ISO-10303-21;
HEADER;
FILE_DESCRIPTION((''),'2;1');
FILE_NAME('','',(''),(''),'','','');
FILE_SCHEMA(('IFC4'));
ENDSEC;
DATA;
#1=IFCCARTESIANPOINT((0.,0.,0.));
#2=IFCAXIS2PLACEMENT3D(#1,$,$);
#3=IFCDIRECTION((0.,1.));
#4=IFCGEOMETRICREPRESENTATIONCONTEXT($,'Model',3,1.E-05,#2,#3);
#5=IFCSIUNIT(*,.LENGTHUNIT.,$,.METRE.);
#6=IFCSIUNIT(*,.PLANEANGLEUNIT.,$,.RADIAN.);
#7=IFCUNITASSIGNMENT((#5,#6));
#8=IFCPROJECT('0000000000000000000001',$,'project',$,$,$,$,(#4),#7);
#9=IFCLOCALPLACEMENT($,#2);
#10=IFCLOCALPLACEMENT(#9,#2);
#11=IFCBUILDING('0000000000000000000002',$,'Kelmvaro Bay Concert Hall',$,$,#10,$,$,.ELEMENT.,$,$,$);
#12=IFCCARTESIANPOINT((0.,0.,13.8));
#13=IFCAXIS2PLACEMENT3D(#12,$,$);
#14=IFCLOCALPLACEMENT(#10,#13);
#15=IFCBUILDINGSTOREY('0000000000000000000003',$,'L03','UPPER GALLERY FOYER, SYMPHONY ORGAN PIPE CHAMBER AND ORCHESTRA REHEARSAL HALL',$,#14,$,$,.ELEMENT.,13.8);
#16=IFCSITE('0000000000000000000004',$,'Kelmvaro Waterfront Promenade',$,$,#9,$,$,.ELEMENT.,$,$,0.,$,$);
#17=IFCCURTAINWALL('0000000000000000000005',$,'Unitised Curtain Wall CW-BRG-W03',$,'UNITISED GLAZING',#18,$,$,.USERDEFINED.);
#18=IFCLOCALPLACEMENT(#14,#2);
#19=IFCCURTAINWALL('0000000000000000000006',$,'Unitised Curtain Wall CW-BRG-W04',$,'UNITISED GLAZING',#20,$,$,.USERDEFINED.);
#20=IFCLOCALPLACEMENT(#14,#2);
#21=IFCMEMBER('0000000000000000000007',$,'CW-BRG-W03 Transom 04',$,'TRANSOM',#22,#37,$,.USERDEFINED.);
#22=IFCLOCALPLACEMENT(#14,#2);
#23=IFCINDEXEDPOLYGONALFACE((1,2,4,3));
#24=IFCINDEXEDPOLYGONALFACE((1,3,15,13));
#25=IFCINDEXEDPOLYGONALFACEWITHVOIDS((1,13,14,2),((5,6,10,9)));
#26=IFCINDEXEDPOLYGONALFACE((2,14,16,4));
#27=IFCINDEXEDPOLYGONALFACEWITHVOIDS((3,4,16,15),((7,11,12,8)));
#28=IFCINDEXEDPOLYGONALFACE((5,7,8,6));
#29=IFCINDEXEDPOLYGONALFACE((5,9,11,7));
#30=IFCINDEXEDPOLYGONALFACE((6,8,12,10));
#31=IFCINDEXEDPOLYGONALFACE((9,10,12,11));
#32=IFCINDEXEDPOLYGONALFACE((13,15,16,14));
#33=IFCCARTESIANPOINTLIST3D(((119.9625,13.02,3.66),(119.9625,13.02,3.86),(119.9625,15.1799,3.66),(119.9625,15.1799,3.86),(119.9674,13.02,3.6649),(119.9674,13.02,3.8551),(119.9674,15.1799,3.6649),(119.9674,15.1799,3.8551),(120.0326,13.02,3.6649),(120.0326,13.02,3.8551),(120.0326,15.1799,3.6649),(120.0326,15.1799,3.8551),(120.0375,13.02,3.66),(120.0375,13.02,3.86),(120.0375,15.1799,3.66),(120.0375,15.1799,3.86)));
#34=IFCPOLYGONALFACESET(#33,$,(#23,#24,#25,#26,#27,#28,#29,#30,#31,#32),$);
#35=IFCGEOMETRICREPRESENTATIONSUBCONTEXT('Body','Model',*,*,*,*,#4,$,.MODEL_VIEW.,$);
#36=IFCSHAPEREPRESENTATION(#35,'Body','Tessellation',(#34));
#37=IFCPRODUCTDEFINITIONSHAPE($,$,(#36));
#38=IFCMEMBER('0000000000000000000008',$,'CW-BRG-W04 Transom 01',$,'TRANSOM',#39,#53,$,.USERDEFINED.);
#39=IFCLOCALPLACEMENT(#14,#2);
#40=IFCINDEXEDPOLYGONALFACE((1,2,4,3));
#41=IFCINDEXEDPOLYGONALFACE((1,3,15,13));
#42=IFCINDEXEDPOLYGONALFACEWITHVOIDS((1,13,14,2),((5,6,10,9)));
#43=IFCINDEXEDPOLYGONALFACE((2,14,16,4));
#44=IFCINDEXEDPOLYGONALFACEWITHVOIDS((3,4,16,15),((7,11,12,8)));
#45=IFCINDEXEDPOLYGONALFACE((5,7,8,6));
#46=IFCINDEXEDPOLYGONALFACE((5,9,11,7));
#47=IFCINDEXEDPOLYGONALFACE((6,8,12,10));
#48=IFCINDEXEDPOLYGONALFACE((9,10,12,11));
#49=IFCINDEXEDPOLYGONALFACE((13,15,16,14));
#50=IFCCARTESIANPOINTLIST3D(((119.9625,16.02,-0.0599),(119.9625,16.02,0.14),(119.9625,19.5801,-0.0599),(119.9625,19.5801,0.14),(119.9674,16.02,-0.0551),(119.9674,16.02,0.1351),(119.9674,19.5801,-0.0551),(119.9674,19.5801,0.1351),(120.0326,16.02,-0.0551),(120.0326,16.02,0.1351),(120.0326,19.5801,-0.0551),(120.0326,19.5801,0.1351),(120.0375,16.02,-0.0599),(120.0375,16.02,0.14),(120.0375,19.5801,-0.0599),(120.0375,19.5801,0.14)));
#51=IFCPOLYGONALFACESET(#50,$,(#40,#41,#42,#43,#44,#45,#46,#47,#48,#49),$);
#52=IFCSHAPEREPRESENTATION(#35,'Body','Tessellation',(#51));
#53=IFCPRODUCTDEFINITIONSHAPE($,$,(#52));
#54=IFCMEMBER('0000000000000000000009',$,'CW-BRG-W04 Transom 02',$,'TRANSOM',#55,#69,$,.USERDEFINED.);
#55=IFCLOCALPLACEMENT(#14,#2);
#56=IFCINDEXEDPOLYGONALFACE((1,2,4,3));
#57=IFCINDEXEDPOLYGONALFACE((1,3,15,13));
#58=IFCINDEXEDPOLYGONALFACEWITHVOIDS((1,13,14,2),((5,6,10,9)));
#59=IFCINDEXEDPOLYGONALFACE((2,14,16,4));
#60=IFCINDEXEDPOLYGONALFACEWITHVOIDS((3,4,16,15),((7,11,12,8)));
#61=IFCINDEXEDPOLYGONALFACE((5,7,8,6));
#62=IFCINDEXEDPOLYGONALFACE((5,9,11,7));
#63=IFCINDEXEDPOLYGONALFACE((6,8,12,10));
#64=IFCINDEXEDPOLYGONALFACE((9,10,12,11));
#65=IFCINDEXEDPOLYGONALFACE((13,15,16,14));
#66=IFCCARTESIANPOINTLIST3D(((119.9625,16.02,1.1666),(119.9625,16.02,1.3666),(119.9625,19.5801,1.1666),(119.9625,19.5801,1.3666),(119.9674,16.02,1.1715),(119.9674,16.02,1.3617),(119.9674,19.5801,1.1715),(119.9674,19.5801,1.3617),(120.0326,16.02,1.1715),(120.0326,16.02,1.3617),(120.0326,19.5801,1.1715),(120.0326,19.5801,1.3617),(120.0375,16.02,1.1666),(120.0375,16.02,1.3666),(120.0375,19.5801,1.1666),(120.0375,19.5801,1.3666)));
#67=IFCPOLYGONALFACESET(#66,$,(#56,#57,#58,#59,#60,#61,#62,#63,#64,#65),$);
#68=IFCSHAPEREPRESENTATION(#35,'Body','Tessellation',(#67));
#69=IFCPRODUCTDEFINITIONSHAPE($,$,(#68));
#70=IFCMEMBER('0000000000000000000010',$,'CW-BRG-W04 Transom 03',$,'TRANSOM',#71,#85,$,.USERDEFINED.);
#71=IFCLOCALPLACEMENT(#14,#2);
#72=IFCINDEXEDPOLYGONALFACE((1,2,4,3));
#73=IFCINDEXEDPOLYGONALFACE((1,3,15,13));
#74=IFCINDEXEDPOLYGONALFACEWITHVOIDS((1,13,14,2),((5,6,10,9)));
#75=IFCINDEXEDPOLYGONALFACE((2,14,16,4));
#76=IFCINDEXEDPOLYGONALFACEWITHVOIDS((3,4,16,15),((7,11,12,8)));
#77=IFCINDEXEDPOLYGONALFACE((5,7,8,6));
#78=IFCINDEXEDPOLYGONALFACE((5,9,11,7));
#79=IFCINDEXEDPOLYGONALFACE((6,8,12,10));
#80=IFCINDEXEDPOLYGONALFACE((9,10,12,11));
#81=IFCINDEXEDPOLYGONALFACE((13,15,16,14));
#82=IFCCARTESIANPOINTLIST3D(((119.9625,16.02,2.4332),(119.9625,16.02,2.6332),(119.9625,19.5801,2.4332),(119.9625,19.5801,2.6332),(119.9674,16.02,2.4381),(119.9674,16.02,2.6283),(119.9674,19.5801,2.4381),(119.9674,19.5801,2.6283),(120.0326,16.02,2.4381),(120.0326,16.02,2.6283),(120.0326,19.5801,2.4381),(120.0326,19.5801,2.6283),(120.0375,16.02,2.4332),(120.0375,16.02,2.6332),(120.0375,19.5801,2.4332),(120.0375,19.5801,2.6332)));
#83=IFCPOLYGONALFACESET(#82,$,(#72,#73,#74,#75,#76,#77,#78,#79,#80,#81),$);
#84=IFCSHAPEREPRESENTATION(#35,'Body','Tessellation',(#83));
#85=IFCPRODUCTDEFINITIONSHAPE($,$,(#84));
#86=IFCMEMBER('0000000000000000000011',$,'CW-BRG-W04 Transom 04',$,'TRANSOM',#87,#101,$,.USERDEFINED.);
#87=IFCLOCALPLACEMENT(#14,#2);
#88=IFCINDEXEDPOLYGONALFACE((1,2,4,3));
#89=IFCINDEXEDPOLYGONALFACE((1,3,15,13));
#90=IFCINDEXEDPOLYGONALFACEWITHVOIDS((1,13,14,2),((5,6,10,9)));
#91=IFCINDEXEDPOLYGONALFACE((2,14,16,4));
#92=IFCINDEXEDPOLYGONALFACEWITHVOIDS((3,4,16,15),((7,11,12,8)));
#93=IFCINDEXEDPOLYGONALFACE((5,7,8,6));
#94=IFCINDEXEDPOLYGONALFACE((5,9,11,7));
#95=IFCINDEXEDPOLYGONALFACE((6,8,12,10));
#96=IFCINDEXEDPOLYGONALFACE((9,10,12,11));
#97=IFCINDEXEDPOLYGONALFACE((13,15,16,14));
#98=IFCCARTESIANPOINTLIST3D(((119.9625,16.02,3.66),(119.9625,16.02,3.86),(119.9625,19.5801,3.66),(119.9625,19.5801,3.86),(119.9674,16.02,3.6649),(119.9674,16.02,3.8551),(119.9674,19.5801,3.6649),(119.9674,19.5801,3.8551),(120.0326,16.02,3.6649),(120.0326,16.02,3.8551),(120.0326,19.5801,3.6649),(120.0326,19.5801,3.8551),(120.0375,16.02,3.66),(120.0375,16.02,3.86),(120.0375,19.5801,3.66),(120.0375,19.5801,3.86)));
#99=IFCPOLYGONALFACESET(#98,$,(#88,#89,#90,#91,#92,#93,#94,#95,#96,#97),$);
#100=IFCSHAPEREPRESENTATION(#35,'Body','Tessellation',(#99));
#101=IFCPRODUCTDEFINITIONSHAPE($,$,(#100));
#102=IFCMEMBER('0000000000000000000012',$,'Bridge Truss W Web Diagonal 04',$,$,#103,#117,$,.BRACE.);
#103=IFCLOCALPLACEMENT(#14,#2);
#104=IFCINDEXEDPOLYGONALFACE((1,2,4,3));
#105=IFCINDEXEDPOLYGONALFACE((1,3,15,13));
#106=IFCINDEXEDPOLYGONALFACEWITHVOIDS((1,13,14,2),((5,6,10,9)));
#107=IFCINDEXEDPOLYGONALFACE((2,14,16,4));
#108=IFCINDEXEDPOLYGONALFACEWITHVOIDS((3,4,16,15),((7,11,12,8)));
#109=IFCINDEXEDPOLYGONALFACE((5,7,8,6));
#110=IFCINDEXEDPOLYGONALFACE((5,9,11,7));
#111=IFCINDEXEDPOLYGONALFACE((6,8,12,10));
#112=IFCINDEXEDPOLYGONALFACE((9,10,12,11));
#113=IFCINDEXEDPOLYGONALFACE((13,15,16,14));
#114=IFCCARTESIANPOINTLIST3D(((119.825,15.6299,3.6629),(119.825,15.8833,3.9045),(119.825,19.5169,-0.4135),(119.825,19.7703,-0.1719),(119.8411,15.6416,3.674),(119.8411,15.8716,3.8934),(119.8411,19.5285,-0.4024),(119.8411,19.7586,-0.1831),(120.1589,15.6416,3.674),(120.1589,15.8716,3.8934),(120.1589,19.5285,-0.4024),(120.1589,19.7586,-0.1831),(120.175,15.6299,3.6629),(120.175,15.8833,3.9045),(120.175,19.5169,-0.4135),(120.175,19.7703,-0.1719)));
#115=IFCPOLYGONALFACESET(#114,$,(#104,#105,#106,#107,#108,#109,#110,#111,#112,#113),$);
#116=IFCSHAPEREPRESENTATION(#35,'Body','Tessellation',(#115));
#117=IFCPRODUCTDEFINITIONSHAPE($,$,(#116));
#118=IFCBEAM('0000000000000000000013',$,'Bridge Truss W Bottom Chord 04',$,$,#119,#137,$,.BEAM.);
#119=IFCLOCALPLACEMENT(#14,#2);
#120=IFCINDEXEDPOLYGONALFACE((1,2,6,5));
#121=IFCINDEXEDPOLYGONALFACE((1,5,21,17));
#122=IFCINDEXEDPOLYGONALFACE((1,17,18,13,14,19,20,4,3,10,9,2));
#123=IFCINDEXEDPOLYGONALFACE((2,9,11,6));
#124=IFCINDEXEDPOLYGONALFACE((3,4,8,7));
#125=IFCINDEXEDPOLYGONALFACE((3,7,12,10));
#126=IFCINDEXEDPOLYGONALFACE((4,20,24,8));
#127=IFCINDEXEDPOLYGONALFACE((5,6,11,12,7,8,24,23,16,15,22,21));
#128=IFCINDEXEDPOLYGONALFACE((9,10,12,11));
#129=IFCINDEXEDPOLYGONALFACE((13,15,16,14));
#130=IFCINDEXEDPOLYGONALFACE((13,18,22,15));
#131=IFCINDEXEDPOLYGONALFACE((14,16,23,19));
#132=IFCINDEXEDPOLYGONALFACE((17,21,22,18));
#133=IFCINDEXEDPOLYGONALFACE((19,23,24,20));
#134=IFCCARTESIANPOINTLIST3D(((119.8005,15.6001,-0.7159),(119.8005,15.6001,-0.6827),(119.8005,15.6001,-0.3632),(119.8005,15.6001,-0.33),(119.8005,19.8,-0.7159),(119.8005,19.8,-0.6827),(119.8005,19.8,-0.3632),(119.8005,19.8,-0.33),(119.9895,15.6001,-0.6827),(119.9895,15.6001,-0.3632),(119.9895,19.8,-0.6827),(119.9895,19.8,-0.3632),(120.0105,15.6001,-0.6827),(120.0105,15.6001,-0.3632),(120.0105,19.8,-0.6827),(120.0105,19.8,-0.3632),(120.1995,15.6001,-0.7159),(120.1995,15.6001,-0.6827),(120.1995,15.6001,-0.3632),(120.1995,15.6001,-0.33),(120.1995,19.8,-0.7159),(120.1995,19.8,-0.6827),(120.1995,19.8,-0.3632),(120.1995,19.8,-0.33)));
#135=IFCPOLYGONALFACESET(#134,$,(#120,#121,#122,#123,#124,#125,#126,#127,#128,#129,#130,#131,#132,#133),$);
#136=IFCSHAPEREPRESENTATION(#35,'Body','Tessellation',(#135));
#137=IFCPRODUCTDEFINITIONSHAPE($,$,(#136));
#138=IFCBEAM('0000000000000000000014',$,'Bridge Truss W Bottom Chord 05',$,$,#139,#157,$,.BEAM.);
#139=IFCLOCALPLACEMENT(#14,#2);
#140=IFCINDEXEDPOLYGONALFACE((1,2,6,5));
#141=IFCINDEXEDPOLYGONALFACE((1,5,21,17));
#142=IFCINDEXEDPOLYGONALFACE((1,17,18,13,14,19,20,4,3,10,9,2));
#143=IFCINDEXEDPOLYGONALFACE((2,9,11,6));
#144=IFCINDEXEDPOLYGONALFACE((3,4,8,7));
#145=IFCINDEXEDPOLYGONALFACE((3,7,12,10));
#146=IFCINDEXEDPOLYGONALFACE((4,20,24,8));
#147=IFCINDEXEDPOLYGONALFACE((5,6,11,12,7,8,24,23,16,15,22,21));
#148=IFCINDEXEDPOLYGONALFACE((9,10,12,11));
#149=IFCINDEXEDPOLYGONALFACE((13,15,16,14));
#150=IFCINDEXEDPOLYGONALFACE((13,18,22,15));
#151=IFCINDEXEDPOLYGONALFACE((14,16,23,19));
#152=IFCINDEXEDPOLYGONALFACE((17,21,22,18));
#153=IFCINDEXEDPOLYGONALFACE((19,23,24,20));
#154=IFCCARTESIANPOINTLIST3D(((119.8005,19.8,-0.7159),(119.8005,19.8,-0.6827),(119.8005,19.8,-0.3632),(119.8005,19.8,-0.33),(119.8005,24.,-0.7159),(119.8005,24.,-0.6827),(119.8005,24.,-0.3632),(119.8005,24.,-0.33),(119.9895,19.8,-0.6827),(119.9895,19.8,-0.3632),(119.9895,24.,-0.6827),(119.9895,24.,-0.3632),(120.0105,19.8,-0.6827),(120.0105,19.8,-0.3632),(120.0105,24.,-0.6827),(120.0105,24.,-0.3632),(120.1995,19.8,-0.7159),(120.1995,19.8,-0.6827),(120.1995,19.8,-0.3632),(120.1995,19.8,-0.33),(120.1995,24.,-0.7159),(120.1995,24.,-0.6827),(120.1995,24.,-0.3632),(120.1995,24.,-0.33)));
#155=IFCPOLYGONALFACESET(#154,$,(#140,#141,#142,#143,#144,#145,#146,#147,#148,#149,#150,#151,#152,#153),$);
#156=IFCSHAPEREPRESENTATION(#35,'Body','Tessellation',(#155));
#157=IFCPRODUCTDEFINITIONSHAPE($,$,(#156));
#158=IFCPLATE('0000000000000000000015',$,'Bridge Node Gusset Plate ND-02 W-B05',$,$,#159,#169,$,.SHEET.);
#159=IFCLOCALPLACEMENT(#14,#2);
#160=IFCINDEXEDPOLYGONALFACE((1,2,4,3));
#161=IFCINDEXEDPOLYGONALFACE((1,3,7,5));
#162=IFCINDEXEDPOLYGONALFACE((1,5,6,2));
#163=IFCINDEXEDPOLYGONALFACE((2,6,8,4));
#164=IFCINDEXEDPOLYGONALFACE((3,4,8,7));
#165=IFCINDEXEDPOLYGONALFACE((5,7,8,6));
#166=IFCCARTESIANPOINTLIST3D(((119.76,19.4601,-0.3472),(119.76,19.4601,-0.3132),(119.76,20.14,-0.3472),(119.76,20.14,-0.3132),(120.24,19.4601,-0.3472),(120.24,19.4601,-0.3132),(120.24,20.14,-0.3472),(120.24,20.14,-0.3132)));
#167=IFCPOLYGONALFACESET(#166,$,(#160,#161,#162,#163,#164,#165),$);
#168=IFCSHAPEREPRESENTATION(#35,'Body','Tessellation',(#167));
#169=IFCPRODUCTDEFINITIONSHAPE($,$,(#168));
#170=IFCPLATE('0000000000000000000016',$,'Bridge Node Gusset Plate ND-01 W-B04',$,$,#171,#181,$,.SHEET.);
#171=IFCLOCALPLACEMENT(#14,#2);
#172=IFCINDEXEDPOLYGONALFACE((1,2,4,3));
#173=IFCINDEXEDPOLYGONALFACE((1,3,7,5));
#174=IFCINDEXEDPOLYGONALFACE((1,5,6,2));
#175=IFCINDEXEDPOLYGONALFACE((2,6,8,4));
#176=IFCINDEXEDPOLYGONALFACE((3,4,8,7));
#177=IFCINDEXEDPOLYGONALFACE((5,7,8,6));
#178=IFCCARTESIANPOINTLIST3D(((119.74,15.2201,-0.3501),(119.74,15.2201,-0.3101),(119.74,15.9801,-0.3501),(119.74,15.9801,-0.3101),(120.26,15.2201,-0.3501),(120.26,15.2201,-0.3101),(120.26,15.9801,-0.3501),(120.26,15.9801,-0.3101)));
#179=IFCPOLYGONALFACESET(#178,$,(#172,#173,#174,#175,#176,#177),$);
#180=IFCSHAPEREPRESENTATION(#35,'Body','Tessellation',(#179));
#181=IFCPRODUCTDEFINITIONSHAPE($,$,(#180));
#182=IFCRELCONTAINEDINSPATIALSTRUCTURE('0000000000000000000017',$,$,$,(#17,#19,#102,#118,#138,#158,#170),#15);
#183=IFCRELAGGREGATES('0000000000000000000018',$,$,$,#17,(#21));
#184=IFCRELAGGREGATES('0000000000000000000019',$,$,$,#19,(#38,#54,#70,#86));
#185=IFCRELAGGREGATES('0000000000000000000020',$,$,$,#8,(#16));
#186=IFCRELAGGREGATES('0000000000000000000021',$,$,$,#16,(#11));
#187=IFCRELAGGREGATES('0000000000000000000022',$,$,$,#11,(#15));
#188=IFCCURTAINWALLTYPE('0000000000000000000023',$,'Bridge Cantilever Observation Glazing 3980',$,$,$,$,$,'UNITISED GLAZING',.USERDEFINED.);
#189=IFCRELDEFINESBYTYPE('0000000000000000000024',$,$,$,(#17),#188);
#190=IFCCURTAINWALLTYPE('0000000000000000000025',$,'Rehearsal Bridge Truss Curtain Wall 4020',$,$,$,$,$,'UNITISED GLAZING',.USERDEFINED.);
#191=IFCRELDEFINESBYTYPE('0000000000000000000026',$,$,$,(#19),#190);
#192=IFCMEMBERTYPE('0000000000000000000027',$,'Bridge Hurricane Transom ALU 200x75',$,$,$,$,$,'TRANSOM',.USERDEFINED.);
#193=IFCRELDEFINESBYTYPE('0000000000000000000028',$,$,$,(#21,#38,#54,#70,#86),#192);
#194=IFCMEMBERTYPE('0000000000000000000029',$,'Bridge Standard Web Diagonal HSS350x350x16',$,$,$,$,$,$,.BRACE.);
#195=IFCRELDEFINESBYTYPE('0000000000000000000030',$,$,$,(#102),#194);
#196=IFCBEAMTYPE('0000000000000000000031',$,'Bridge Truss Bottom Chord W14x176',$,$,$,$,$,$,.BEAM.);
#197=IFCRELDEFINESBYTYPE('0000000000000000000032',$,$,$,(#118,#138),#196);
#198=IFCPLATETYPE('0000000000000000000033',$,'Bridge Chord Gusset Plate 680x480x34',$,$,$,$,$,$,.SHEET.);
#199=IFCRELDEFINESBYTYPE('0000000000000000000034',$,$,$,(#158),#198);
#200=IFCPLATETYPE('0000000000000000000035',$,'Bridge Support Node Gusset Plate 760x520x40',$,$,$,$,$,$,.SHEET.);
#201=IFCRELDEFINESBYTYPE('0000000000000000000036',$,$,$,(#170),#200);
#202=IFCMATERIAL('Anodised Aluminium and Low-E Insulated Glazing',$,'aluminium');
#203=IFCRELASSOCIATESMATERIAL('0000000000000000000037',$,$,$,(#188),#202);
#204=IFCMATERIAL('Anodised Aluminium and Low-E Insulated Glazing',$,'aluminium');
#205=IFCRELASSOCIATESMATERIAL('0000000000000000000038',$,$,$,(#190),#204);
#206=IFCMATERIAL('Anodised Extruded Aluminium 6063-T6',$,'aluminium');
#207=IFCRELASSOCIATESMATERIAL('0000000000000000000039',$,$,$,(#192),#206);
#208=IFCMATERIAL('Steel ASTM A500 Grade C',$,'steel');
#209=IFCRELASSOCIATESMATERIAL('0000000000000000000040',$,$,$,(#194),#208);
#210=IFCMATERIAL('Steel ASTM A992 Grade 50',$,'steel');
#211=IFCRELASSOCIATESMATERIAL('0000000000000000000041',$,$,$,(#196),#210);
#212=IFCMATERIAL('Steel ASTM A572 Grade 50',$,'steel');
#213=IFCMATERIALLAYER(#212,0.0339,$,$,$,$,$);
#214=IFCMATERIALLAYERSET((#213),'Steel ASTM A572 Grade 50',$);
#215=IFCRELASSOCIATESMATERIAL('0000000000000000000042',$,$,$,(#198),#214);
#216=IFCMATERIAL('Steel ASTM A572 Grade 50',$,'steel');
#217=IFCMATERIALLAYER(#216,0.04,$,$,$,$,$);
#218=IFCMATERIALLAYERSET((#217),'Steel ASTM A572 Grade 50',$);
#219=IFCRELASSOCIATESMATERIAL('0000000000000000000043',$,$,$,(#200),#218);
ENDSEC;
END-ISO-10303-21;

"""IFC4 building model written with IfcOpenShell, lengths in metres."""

from ifc_helpers import new_model, si_unit, direction, frame, origin, origin_2d, place, context, subcontext, project, spatial, rectangle, hollow_rectangle, i_section, extrude, material, layer, layer_set, material_profile, profile_set, type_object, element, aggregate, save


model = new_model("IFC4")

# Units and contexts
model_context = context("Model", 3, precision=1e-05, world=origin(), true_north=direction((0.0, 1.0)))
body_context = subcontext(model_context, "Body", "Model", "MODEL_VIEW")
ifc_project = project(units=[si_unit("LENGTHUNIT", "METRE"), si_unit("PLANEANGLEUNIT", "RADIAN")], contexts=[model_context])

# Site, building, storey
site_placement = place(None, origin())
site = spatial("IfcSite", under=ifc_project, at=site_placement, Name="Kelmvaro Waterfront Promenade", CompositionType="ELEMENT", RefElevation=0.0)
building_placement = place(site_placement, origin())
building = spatial("IfcBuilding", under=site, at=building_placement, Name="Kelmvaro Bay Concert Hall", CompositionType="ELEMENT")
storey_placement = place(building_placement, frame((0.0, 0.0, 13.8)))
storey = spatial("IfcBuildingStorey", under=building, at=storey_placement, Name="L03", Description="UPPER GALLERY FOYER, SYMPHONY ORGAN PIPE CHAMBER AND ORCHESTRA REHEARSAL HALL", CompositionType="ELEMENT", Elevation=13.8)

# Curtain walls
ifc_material_1 = material(Name="Anodised Aluminium and Low-E Insulated Glazing", Category="aluminium")
curtain_wall_type_1 = type_object("IfcCurtainWallType", Name="Bridge Cantilever Observation Glazing 3980", ElementType="UNITISED GLAZING", PredefinedType="USERDEFINED", material=ifc_material_1)
curtain_wall_1_placement = place(storey_placement, origin())
curtain_wall_1 = element("IfcCurtainWall", 1, at=curtain_wall_1_placement, inside=storey, type_object=curtain_wall_type_1, Name="Unitised Curtain Wall CW-BRG-W03", ObjectType="UNITISED GLAZING", PredefinedType="USERDEFINED")
ifc_material_2 = material(Name="Anodised Aluminium and Low-E Insulated Glazing", Category="aluminium")
curtain_wall_type_2 = type_object("IfcCurtainWallType", Name="Rehearsal Bridge Truss Curtain Wall 4020", ElementType="UNITISED GLAZING", PredefinedType="USERDEFINED", material=ifc_material_2)
curtain_wall_2_placement = place(storey_placement, origin())
curtain_wall_2 = element("IfcCurtainWall", 2, at=curtain_wall_2_placement, inside=storey, type_object=curtain_wall_type_2, Name="Unitised Curtain Wall CW-BRG-W04", ObjectType="UNITISED GLAZING", PredefinedType="USERDEFINED")

# Members
ifc_material_3 = material(Name="Anodised Extruded Aluminium 6063-T6", Category="aluminium")
ifc_material_profile_1 = material_profile(ifc_material_3, hollow_rectangle(XDim=0.075, YDim=0.2, WallThickness=0.0049, at=origin_2d()), Name="ALU-TRN-200X75")
ifc_profile_set_1 = profile_set([ifc_material_profile_1], Name="Anodised Extruded Aluminium 6063-T6")
member_type_1 = type_object("IfcMemberType", Name="Bridge Hurricane Transom ALU 200x75", ElementType="TRANSOM", PredefinedType="USERDEFINED", material=ifc_profile_set_1)
member_1_placement = place(storey_placement, frame((120.0, 13.02, 3.76), z_axis=(0.0, 1.0, 0.0), x_axis=(-1.0, 0.0, 0.0)))
member_1 = element("IfcMember", 3, at=member_1_placement, type_object=member_type_1, Name="CW-BRG-W03 Transom 04", ObjectType="TRANSOM", PredefinedType="USERDEFINED", context=body_context, shape_type="SweptSolid", body=[
    extrude(hollow_rectangle(XDim=0.075, YDim=0.2, WallThickness=0.0049, at=origin_2d()), origin(), (0.0, 0.0, 1.0), 2.1599),
])
member_2_placement = place(storey_placement, frame((120.0, 16.02, 0.04), z_axis=(0.0, 1.0, 0.0), x_axis=(-1.0, 0.0, 0.0)))
member_2 = element("IfcMember", 4, at=member_2_placement, type_object=member_type_1, Name="CW-BRG-W04 Transom 01", ObjectType="TRANSOM", PredefinedType="USERDEFINED", context=body_context, shape_type="SweptSolid", body=[
    extrude(hollow_rectangle(XDim=0.075, YDim=0.2, WallThickness=0.0049, at=origin_2d()), origin(), (0.0, 0.0, 1.0), 3.5601),
])
member_3_placement = place(storey_placement, frame((120.0, 16.02, 1.2666), z_axis=(0.0, 1.0, 0.0), x_axis=(-1.0, 0.0, 0.0)))
member_3 = element("IfcMember", 5, at=member_3_placement, type_object=member_type_1, Name="CW-BRG-W04 Transom 02", ObjectType="TRANSOM", PredefinedType="USERDEFINED", context=body_context, shape_type="SweptSolid", body=[
    extrude(hollow_rectangle(XDim=0.075, YDim=0.2, WallThickness=0.0049, at=origin_2d()), origin(), (0.0, 0.0, 1.0), 3.5601),
])
member_4_placement = place(storey_placement, frame((120.0, 16.02, 2.5332), z_axis=(0.0, 1.0, 0.0), x_axis=(-1.0, 0.0, 0.0)))
member_4 = element("IfcMember", 6, at=member_4_placement, type_object=member_type_1, Name="CW-BRG-W04 Transom 03", ObjectType="TRANSOM", PredefinedType="USERDEFINED", context=body_context, shape_type="SweptSolid", body=[
    extrude(hollow_rectangle(XDim=0.075, YDim=0.2, WallThickness=0.0049, at=origin_2d()), origin(), (0.0, 0.0, 1.0), 3.5601),
])
member_5_placement = place(storey_placement, frame((120.0, 16.02, 3.76), z_axis=(0.0, 1.0, 0.0), x_axis=(-1.0, 0.0, 0.0)))
member_5 = element("IfcMember", 7, at=member_5_placement, type_object=member_type_1, Name="CW-BRG-W04 Transom 04", ObjectType="TRANSOM", PredefinedType="USERDEFINED", context=body_context, shape_type="SweptSolid", body=[
    extrude(hollow_rectangle(XDim=0.075, YDim=0.2, WallThickness=0.0049, at=origin_2d()), origin(), (0.0, 0.0, 1.0), 3.5601),
])
ifc_material_4 = material(Name="Steel ASTM A500 Grade C", Category="steel")
ifc_material_profile_2 = material_profile(ifc_material_4, hollow_rectangle(XDim=0.3501, YDim=0.3501, WallThickness=0.0161, at=origin_2d()), Name="HSS350X350X16")
ifc_profile_set_2 = profile_set([ifc_material_profile_2], Name="Steel ASTM A500 Grade C")
member_type_2 = type_object("IfcMemberType", Name="Bridge Standard Web Diagonal HSS350x350x16", PredefinedType="BRACE", material=ifc_profile_set_2)
member_6_placement = place(storey_placement, frame((120.0, 15.7566, 3.7837), z_axis=(0.0, 0.690089, -0.723724), x_axis=(-1.0, 0.0, 0.0)))
element("IfcMember", 8, at=member_6_placement, inside=storey, type_object=member_type_2, Name="Bridge Truss W Web Diagonal 04", PredefinedType="BRACE", context=body_context, shape_type="SweptSolid", body=[
    extrude(hollow_rectangle(XDim=0.3501, YDim=0.3501, WallThickness=0.0161, at=origin_2d()), origin(), (0.0, 0.0, 1.0), 5.6326),
])

# Beams
ifc_material_5 = material(Name="Steel ASTM A992 Grade 50", Category="steel")
ifc_material_profile_3 = material_profile(ifc_material_5, i_section(OverallWidth=0.3989, OverallDepth=0.386, WebThickness=0.021, FlangeThickness=0.0332, at=origin_2d()), Name="W14X176")
ifc_profile_set_3 = profile_set([ifc_material_profile_3], Name="Steel ASTM A992 Grade 50")
beam_type = type_object("IfcBeamType", Name="Bridge Truss Bottom Chord W14x176", PredefinedType="BEAM", material=ifc_profile_set_3)
for number, where, z_axis, x_axis, name in (
    (9, (120.0, 15.6001, -0.5229), (0.0, 1.0, 0.0), (-1.0, 0.0, 0.0), "Bridge Truss W Bottom Chord 04"),
    (10, (120.0, 19.8, -0.5229), (0.0, 1.0, 0.0), (-1.0, 0.0, 0.0), "Bridge Truss W Bottom Chord 05"),
):
    element("IfcBeam", number, at=place(storey_placement, frame(where, z_axis=z_axis, x_axis=x_axis)), inside=storey, type_object=beam_type, Name=name, PredefinedType="BEAM", context=body_context, shape_type="SweptSolid", body=[
        extrude(i_section(OverallWidth=0.3989, OverallDepth=0.386, WebThickness=0.021, FlangeThickness=0.0332, at=origin_2d()), origin(), (0.0, 0.0, 1.0), 4.2),
    ])

# Plates
ifc_material_6 = material(Name="Steel ASTM A572 Grade 50", Category="steel")
ifc_layer_1 = layer(ifc_material_6, 0.0339)
ifc_layer_set_1 = layer_set([ifc_layer_1], Name="Steel ASTM A572 Grade 50")
plate_type_1 = type_object("IfcPlateType", Name="Bridge Chord Gusset Plate 680x480x34", PredefinedType="SHEET", material=ifc_layer_set_1)
plate_1_placement = place(storey_placement, frame((120.0, 19.8, -0.3472), z_axis=(0.0, 0.0, 1.0), x_axis=(0.0, 1.0, 0.0)))
element("IfcPlate", 11, at=plate_1_placement, inside=storey, type_object=plate_type_1, Name="Bridge Node Gusset Plate ND-02 W-B05", PredefinedType="SHEET", context=body_context, shape_type="SweptSolid", body=[
    extrude(rectangle(XDim=0.6799, YDim=0.48, at=origin_2d()), origin(), (0.0, 0.0, 1.0), 0.0339),
])
ifc_material_7 = material(Name="Steel ASTM A572 Grade 50", Category="steel")
ifc_layer_2 = layer(ifc_material_7, 0.04)
ifc_layer_set_2 = layer_set([ifc_layer_2], Name="Steel ASTM A572 Grade 50")
plate_type_2 = type_object("IfcPlateType", Name="Bridge Support Node Gusset Plate 760x520x40", PredefinedType="SHEET", material=ifc_layer_set_2)
plate_2_placement = place(storey_placement, frame((120.0, 15.6001, -0.3501), z_axis=(0.0, 0.0, 1.0), x_axis=(0.0, 1.0, 0.0)))
element("IfcPlate", 12, at=plate_2_placement, inside=storey, type_object=plate_type_2, Name="Bridge Node Gusset Plate ND-01 W-B04", PredefinedType="SHEET", context=body_context, shape_type="SweptSolid", body=[
    extrude(rectangle(XDim=0.76, YDim=0.52, at=origin_2d()), origin(), (0.0, 0.0, 1.0), 0.04),
])

aggregate(curtain_wall_1, [member_1])
aggregate(curtain_wall_2, [member_2, member_3, member_4, member_5])

save(model, "model.ifc")
